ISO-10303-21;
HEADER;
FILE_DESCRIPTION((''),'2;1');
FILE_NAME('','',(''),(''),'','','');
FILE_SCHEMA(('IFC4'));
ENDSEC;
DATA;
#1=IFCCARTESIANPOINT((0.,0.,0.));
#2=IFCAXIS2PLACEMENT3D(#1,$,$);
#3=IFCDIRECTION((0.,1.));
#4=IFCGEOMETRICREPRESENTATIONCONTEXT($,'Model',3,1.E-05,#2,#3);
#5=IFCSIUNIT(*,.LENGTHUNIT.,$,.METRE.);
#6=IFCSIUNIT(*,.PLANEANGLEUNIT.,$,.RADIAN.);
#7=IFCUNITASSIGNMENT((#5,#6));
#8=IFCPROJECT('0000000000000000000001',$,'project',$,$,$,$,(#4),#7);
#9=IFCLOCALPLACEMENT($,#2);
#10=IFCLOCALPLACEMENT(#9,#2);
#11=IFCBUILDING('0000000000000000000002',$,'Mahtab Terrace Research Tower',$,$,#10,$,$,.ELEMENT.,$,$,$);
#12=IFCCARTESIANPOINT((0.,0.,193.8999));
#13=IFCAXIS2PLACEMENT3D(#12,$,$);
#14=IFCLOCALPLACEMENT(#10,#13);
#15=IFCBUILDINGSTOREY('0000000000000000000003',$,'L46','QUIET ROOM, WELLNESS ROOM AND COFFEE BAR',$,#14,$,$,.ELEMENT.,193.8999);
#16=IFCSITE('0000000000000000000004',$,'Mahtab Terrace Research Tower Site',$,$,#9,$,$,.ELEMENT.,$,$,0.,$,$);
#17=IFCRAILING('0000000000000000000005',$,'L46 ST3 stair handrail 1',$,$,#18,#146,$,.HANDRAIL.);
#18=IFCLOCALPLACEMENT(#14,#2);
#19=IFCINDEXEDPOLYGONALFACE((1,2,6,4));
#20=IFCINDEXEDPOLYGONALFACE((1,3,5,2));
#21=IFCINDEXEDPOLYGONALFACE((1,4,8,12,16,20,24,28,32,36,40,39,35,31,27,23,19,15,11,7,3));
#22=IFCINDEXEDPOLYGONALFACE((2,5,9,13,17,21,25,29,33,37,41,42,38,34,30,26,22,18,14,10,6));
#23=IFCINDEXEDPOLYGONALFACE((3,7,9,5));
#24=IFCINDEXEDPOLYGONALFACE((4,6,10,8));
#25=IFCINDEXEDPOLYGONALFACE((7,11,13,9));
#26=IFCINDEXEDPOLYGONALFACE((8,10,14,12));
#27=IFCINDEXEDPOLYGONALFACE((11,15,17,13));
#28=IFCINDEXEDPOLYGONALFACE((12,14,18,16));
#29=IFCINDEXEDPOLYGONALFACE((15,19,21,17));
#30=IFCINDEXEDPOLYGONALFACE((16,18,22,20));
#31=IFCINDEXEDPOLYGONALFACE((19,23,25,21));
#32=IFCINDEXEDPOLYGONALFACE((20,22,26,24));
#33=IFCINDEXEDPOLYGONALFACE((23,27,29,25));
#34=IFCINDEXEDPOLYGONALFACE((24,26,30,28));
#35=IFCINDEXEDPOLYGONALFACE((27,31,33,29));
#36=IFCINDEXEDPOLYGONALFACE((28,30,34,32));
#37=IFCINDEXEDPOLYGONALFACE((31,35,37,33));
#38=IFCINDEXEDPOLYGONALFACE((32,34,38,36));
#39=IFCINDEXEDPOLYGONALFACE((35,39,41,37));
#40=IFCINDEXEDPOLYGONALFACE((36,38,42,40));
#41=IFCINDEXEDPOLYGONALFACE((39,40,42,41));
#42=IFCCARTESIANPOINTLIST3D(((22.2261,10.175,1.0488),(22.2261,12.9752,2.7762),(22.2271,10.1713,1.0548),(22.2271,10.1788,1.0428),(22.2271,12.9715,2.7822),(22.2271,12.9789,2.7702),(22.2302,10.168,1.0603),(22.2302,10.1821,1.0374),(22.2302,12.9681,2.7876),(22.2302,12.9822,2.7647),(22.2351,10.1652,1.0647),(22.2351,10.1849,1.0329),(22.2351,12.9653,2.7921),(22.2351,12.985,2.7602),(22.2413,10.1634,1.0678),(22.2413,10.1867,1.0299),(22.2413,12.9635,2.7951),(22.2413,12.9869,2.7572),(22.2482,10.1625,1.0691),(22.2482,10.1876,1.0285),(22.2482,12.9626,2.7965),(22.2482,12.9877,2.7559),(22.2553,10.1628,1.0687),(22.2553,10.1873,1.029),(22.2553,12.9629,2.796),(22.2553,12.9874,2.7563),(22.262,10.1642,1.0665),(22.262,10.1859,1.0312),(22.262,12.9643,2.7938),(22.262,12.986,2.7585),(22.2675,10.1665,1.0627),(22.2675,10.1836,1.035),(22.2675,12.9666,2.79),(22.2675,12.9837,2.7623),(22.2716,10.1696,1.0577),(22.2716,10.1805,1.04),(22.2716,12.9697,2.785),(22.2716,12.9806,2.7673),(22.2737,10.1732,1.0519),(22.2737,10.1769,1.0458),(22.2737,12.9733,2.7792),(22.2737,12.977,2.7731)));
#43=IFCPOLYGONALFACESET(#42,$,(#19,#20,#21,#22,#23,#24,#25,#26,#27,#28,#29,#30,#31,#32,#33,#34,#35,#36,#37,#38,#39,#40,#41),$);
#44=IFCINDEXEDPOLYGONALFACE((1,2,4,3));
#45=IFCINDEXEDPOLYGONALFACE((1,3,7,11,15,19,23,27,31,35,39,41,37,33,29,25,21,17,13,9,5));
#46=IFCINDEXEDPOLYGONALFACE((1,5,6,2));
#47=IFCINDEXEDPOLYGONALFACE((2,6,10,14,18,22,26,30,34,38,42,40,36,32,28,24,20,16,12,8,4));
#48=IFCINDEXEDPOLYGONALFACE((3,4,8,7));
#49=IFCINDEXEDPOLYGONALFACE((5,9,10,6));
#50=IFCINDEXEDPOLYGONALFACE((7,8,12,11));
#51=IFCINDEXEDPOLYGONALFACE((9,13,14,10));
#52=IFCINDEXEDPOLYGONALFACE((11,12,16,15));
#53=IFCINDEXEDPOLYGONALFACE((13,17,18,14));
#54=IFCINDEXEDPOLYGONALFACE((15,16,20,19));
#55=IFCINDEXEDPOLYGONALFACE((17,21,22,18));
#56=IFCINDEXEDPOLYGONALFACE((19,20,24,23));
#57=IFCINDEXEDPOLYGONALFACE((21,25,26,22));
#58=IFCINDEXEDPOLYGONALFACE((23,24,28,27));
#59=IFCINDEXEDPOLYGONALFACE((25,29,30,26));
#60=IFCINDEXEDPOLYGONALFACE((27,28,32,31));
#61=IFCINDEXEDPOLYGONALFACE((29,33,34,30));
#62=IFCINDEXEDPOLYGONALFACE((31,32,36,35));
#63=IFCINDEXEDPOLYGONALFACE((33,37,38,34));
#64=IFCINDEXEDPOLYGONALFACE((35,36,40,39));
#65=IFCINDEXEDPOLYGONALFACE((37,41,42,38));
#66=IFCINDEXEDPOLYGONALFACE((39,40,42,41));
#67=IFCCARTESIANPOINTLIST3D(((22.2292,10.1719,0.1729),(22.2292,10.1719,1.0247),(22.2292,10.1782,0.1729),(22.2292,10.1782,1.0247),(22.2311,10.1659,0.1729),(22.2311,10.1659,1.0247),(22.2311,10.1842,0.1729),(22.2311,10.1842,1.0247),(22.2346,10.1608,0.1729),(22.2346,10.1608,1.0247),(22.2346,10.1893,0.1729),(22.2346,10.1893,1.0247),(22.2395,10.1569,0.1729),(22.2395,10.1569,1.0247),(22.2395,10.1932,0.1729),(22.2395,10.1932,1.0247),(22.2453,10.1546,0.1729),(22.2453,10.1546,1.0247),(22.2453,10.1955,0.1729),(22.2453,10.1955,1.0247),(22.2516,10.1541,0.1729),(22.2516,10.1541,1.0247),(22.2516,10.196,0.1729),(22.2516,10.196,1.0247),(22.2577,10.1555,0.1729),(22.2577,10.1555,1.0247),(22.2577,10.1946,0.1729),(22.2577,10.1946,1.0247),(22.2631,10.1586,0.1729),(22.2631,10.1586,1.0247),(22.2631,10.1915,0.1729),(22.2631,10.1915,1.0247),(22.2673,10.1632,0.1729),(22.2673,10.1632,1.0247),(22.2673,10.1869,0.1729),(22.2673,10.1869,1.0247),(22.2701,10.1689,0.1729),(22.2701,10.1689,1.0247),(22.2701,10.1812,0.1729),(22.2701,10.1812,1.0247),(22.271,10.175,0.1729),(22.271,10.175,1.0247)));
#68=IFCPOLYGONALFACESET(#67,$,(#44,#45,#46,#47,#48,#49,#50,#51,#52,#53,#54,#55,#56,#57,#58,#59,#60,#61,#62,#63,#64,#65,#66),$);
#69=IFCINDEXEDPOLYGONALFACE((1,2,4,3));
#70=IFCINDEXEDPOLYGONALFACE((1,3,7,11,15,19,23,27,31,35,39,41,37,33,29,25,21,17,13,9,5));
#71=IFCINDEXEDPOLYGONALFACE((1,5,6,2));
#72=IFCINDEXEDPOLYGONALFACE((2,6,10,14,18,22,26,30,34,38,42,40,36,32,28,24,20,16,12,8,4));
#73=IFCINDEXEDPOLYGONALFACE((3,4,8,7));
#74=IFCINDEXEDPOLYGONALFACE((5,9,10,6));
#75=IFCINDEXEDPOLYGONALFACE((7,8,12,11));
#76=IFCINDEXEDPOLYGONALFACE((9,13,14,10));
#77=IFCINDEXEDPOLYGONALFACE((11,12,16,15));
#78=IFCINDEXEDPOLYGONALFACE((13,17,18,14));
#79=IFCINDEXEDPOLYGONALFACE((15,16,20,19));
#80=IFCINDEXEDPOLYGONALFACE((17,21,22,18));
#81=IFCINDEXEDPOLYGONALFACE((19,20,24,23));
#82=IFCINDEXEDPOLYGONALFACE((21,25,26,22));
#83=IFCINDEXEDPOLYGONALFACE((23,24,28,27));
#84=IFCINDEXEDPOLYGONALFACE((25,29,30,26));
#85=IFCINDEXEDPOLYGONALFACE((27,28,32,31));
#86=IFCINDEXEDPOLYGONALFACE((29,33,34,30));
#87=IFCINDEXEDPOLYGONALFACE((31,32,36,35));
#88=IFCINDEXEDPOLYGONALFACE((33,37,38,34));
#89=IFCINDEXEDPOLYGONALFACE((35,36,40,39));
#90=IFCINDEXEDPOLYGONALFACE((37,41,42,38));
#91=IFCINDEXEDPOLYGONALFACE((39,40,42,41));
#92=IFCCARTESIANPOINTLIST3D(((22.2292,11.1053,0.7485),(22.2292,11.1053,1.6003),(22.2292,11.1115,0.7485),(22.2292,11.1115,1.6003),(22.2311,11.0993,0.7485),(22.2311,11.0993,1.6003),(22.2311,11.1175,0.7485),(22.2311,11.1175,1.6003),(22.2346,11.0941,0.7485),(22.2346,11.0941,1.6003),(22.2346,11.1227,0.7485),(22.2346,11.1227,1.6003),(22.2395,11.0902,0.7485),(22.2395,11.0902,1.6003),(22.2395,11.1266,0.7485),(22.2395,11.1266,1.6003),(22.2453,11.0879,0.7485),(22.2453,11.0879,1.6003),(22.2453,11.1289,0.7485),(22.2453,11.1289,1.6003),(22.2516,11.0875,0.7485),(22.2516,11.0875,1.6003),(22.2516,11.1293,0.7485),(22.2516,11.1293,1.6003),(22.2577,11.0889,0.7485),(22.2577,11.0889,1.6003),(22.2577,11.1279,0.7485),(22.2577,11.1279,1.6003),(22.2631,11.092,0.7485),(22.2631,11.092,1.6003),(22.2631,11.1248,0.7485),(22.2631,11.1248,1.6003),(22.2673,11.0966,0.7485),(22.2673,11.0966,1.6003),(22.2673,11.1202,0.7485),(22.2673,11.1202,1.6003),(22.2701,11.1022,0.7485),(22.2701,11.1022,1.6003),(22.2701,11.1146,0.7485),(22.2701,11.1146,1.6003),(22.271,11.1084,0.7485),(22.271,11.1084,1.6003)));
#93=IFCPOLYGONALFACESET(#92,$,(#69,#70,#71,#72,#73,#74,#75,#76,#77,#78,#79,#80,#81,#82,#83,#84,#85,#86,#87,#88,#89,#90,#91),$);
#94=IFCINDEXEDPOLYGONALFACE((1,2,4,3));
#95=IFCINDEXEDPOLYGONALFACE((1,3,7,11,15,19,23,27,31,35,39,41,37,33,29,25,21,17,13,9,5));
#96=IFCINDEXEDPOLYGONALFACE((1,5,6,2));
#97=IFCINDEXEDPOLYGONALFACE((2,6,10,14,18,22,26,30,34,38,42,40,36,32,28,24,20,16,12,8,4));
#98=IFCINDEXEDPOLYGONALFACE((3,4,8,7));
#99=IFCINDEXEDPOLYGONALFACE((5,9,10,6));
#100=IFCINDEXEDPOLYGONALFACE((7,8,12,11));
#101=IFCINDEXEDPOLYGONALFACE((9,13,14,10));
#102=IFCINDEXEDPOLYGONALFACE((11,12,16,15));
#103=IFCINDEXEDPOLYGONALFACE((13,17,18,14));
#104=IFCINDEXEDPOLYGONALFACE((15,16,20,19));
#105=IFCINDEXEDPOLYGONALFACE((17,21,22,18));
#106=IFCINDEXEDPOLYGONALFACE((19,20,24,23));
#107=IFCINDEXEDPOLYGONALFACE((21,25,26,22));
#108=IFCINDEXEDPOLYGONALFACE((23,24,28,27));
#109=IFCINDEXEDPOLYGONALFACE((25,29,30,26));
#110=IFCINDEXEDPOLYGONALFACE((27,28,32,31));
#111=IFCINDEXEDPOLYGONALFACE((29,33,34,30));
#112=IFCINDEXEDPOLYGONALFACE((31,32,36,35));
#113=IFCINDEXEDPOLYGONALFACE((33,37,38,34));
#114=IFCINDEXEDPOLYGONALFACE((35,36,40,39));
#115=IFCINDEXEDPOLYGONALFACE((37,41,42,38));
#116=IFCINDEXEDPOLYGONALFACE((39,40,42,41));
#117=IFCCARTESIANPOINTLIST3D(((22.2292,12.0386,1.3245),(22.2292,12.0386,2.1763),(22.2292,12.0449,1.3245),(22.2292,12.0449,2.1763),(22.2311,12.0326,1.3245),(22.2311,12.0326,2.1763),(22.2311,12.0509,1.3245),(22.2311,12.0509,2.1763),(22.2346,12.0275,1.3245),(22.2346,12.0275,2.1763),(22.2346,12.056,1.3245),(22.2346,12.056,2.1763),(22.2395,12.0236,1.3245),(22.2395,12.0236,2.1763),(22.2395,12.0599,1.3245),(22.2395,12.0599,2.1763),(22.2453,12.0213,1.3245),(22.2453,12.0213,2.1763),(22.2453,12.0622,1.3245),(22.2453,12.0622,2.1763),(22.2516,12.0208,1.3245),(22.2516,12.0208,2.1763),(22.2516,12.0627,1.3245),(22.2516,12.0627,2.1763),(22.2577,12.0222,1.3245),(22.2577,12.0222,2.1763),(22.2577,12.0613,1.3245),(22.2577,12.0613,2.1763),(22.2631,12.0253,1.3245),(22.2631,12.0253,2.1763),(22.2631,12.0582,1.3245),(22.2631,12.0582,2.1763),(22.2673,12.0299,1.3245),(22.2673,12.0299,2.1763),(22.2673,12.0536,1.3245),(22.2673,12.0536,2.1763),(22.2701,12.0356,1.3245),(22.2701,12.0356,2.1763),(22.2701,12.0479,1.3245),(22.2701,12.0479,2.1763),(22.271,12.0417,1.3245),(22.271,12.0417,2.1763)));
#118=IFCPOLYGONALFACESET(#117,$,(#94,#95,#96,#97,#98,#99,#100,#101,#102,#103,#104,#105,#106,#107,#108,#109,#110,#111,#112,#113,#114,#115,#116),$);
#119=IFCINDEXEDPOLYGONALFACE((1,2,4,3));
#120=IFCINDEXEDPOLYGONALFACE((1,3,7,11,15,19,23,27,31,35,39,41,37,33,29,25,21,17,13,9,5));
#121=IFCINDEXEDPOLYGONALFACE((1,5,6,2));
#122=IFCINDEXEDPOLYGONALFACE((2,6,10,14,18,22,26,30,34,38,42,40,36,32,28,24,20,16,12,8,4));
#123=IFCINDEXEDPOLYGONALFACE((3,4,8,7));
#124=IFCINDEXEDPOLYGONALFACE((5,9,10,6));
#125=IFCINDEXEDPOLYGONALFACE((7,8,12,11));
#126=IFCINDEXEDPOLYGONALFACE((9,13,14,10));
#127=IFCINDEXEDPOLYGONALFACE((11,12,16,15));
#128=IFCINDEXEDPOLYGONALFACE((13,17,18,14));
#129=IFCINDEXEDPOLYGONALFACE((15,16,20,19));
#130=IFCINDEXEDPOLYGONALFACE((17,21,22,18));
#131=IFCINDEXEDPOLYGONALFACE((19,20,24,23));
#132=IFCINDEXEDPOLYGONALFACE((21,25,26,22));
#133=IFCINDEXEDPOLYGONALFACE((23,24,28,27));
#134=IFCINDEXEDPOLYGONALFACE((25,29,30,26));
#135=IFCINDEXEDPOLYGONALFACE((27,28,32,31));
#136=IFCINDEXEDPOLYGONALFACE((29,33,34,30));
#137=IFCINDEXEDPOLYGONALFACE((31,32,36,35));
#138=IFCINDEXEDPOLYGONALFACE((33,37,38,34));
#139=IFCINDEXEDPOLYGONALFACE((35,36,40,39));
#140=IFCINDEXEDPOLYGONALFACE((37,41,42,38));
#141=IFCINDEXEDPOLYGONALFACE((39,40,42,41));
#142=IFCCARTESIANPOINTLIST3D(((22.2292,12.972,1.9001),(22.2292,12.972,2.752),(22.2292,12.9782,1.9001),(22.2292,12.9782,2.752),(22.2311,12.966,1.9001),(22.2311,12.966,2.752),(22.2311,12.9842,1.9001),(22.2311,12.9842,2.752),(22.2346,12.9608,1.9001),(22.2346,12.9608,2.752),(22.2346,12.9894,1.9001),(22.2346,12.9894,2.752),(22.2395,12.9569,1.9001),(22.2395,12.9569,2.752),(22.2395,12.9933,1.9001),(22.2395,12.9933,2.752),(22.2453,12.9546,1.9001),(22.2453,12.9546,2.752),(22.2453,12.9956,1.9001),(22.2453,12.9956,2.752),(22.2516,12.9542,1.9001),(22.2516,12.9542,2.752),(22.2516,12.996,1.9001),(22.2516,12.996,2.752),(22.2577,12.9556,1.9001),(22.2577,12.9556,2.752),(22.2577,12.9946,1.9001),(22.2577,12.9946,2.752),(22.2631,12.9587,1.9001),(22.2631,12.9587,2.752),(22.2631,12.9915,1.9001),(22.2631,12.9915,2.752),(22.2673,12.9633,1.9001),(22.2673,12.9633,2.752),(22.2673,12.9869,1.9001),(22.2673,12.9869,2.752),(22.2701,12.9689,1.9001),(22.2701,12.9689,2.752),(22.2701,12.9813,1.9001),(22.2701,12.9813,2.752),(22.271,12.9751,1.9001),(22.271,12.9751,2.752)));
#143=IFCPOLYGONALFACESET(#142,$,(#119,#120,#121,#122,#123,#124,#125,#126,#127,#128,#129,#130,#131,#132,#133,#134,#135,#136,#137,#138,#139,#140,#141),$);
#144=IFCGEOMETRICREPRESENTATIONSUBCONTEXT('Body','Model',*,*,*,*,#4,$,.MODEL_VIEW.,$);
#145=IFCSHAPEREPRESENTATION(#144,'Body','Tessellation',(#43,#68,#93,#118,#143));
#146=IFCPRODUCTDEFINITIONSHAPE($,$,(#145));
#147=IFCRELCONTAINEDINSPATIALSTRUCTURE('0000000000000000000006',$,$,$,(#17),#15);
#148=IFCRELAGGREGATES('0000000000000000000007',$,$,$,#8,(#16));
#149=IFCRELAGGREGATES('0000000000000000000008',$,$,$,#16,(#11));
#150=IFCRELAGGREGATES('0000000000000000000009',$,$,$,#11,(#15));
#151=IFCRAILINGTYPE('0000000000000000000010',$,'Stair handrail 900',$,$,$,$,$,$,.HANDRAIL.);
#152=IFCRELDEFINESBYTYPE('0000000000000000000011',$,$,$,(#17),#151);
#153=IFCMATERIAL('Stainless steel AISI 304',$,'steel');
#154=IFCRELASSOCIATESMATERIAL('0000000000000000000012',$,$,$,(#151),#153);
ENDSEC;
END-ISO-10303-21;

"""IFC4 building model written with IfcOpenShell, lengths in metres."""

from ifc_helpers import new_model, si_unit, direction, frame, origin, origin_2d, place, context, subcontext, project, spatial, circle, extrude, material, type_object, element, save


model = new_model("IFC4")

# Units and contexts
model_context = context("Model", 3, precision=1e-05, world=origin(), true_north=direction((0.0, 1.0)))
body_context = subcontext(model_context, "Body", "Model", "MODEL_VIEW")
ifc_project = project(units=[si_unit("LENGTHUNIT", "METRE"), si_unit("PLANEANGLEUNIT", "RADIAN")], contexts=[model_context])

# Site, building, storey
site_placement = place(None, origin())
site = spatial("IfcSite", under=ifc_project, at=site_placement, Name="Mahtab Terrace Research Tower Site", CompositionType="ELEMENT", RefElevation=0.0)
building_placement = place(site_placement, origin())
building = spatial("IfcBuilding", under=site, at=building_placement, Name="Mahtab Terrace Research Tower", CompositionType="ELEMENT")
storey_placement = place(building_placement, frame((0.0, 0.0, 193.8999)))
storey = spatial("IfcBuildingStorey", under=building, at=storey_placement, Name="L46", Description="QUIET ROOM, WELLNESS ROOM AND COFFEE BAR", CompositionType="ELEMENT", Elevation=193.8999)

# Shared definitions
ifc_material_1 = material(Name="Stainless steel AISI 304", Category="steel")

# Railing
railing_type_1 = type_object("IfcRailingType", Name="Stair handrail 900", PredefinedType="HANDRAIL", material=ifc_material_1)
railing_1_placement = place(storey_placement, frame((22.25, 10.175, 0.1729)))
element("IfcRailing", 1, at=railing_1_placement, inside=storey, type_object=railing_type_1, Name="L46 ST3 stair handrail 1", PredefinedType="HANDRAIL", context=body_context, shape_type="SweptSolid", body=[
    extrude(circle(Radius=0.0239, at=origin_2d()), frame((0.0, 0.0, 0.876), z_axis=(0.0, 0.85109, 0.52502), x_axis=(-1.0, 0.0, 0.0)), (0.0, 0.0, 1.0), 3.29),
    extrude(circle(Radius=0.021, at=origin_2d()), origin(), (0.0, 0.0, 1.0), 0.8518),
    extrude(circle(Radius=0.021, at=origin_2d()), frame((0.0, 0.9333, 0.5757)), (0.0, 0.0, 1.0), 0.8518),
    extrude(circle(Radius=0.021, at=origin_2d()), frame((0.0, 1.8667, 1.1516)), (0.0, 0.0, 1.0), 0.8518),
    extrude(circle(Radius=0.021, at=origin_2d()), frame((0.0, 2.8, 1.7273)), (0.0, 0.0, 1.0), 0.8518),
])

save(model, "model.ifc")
